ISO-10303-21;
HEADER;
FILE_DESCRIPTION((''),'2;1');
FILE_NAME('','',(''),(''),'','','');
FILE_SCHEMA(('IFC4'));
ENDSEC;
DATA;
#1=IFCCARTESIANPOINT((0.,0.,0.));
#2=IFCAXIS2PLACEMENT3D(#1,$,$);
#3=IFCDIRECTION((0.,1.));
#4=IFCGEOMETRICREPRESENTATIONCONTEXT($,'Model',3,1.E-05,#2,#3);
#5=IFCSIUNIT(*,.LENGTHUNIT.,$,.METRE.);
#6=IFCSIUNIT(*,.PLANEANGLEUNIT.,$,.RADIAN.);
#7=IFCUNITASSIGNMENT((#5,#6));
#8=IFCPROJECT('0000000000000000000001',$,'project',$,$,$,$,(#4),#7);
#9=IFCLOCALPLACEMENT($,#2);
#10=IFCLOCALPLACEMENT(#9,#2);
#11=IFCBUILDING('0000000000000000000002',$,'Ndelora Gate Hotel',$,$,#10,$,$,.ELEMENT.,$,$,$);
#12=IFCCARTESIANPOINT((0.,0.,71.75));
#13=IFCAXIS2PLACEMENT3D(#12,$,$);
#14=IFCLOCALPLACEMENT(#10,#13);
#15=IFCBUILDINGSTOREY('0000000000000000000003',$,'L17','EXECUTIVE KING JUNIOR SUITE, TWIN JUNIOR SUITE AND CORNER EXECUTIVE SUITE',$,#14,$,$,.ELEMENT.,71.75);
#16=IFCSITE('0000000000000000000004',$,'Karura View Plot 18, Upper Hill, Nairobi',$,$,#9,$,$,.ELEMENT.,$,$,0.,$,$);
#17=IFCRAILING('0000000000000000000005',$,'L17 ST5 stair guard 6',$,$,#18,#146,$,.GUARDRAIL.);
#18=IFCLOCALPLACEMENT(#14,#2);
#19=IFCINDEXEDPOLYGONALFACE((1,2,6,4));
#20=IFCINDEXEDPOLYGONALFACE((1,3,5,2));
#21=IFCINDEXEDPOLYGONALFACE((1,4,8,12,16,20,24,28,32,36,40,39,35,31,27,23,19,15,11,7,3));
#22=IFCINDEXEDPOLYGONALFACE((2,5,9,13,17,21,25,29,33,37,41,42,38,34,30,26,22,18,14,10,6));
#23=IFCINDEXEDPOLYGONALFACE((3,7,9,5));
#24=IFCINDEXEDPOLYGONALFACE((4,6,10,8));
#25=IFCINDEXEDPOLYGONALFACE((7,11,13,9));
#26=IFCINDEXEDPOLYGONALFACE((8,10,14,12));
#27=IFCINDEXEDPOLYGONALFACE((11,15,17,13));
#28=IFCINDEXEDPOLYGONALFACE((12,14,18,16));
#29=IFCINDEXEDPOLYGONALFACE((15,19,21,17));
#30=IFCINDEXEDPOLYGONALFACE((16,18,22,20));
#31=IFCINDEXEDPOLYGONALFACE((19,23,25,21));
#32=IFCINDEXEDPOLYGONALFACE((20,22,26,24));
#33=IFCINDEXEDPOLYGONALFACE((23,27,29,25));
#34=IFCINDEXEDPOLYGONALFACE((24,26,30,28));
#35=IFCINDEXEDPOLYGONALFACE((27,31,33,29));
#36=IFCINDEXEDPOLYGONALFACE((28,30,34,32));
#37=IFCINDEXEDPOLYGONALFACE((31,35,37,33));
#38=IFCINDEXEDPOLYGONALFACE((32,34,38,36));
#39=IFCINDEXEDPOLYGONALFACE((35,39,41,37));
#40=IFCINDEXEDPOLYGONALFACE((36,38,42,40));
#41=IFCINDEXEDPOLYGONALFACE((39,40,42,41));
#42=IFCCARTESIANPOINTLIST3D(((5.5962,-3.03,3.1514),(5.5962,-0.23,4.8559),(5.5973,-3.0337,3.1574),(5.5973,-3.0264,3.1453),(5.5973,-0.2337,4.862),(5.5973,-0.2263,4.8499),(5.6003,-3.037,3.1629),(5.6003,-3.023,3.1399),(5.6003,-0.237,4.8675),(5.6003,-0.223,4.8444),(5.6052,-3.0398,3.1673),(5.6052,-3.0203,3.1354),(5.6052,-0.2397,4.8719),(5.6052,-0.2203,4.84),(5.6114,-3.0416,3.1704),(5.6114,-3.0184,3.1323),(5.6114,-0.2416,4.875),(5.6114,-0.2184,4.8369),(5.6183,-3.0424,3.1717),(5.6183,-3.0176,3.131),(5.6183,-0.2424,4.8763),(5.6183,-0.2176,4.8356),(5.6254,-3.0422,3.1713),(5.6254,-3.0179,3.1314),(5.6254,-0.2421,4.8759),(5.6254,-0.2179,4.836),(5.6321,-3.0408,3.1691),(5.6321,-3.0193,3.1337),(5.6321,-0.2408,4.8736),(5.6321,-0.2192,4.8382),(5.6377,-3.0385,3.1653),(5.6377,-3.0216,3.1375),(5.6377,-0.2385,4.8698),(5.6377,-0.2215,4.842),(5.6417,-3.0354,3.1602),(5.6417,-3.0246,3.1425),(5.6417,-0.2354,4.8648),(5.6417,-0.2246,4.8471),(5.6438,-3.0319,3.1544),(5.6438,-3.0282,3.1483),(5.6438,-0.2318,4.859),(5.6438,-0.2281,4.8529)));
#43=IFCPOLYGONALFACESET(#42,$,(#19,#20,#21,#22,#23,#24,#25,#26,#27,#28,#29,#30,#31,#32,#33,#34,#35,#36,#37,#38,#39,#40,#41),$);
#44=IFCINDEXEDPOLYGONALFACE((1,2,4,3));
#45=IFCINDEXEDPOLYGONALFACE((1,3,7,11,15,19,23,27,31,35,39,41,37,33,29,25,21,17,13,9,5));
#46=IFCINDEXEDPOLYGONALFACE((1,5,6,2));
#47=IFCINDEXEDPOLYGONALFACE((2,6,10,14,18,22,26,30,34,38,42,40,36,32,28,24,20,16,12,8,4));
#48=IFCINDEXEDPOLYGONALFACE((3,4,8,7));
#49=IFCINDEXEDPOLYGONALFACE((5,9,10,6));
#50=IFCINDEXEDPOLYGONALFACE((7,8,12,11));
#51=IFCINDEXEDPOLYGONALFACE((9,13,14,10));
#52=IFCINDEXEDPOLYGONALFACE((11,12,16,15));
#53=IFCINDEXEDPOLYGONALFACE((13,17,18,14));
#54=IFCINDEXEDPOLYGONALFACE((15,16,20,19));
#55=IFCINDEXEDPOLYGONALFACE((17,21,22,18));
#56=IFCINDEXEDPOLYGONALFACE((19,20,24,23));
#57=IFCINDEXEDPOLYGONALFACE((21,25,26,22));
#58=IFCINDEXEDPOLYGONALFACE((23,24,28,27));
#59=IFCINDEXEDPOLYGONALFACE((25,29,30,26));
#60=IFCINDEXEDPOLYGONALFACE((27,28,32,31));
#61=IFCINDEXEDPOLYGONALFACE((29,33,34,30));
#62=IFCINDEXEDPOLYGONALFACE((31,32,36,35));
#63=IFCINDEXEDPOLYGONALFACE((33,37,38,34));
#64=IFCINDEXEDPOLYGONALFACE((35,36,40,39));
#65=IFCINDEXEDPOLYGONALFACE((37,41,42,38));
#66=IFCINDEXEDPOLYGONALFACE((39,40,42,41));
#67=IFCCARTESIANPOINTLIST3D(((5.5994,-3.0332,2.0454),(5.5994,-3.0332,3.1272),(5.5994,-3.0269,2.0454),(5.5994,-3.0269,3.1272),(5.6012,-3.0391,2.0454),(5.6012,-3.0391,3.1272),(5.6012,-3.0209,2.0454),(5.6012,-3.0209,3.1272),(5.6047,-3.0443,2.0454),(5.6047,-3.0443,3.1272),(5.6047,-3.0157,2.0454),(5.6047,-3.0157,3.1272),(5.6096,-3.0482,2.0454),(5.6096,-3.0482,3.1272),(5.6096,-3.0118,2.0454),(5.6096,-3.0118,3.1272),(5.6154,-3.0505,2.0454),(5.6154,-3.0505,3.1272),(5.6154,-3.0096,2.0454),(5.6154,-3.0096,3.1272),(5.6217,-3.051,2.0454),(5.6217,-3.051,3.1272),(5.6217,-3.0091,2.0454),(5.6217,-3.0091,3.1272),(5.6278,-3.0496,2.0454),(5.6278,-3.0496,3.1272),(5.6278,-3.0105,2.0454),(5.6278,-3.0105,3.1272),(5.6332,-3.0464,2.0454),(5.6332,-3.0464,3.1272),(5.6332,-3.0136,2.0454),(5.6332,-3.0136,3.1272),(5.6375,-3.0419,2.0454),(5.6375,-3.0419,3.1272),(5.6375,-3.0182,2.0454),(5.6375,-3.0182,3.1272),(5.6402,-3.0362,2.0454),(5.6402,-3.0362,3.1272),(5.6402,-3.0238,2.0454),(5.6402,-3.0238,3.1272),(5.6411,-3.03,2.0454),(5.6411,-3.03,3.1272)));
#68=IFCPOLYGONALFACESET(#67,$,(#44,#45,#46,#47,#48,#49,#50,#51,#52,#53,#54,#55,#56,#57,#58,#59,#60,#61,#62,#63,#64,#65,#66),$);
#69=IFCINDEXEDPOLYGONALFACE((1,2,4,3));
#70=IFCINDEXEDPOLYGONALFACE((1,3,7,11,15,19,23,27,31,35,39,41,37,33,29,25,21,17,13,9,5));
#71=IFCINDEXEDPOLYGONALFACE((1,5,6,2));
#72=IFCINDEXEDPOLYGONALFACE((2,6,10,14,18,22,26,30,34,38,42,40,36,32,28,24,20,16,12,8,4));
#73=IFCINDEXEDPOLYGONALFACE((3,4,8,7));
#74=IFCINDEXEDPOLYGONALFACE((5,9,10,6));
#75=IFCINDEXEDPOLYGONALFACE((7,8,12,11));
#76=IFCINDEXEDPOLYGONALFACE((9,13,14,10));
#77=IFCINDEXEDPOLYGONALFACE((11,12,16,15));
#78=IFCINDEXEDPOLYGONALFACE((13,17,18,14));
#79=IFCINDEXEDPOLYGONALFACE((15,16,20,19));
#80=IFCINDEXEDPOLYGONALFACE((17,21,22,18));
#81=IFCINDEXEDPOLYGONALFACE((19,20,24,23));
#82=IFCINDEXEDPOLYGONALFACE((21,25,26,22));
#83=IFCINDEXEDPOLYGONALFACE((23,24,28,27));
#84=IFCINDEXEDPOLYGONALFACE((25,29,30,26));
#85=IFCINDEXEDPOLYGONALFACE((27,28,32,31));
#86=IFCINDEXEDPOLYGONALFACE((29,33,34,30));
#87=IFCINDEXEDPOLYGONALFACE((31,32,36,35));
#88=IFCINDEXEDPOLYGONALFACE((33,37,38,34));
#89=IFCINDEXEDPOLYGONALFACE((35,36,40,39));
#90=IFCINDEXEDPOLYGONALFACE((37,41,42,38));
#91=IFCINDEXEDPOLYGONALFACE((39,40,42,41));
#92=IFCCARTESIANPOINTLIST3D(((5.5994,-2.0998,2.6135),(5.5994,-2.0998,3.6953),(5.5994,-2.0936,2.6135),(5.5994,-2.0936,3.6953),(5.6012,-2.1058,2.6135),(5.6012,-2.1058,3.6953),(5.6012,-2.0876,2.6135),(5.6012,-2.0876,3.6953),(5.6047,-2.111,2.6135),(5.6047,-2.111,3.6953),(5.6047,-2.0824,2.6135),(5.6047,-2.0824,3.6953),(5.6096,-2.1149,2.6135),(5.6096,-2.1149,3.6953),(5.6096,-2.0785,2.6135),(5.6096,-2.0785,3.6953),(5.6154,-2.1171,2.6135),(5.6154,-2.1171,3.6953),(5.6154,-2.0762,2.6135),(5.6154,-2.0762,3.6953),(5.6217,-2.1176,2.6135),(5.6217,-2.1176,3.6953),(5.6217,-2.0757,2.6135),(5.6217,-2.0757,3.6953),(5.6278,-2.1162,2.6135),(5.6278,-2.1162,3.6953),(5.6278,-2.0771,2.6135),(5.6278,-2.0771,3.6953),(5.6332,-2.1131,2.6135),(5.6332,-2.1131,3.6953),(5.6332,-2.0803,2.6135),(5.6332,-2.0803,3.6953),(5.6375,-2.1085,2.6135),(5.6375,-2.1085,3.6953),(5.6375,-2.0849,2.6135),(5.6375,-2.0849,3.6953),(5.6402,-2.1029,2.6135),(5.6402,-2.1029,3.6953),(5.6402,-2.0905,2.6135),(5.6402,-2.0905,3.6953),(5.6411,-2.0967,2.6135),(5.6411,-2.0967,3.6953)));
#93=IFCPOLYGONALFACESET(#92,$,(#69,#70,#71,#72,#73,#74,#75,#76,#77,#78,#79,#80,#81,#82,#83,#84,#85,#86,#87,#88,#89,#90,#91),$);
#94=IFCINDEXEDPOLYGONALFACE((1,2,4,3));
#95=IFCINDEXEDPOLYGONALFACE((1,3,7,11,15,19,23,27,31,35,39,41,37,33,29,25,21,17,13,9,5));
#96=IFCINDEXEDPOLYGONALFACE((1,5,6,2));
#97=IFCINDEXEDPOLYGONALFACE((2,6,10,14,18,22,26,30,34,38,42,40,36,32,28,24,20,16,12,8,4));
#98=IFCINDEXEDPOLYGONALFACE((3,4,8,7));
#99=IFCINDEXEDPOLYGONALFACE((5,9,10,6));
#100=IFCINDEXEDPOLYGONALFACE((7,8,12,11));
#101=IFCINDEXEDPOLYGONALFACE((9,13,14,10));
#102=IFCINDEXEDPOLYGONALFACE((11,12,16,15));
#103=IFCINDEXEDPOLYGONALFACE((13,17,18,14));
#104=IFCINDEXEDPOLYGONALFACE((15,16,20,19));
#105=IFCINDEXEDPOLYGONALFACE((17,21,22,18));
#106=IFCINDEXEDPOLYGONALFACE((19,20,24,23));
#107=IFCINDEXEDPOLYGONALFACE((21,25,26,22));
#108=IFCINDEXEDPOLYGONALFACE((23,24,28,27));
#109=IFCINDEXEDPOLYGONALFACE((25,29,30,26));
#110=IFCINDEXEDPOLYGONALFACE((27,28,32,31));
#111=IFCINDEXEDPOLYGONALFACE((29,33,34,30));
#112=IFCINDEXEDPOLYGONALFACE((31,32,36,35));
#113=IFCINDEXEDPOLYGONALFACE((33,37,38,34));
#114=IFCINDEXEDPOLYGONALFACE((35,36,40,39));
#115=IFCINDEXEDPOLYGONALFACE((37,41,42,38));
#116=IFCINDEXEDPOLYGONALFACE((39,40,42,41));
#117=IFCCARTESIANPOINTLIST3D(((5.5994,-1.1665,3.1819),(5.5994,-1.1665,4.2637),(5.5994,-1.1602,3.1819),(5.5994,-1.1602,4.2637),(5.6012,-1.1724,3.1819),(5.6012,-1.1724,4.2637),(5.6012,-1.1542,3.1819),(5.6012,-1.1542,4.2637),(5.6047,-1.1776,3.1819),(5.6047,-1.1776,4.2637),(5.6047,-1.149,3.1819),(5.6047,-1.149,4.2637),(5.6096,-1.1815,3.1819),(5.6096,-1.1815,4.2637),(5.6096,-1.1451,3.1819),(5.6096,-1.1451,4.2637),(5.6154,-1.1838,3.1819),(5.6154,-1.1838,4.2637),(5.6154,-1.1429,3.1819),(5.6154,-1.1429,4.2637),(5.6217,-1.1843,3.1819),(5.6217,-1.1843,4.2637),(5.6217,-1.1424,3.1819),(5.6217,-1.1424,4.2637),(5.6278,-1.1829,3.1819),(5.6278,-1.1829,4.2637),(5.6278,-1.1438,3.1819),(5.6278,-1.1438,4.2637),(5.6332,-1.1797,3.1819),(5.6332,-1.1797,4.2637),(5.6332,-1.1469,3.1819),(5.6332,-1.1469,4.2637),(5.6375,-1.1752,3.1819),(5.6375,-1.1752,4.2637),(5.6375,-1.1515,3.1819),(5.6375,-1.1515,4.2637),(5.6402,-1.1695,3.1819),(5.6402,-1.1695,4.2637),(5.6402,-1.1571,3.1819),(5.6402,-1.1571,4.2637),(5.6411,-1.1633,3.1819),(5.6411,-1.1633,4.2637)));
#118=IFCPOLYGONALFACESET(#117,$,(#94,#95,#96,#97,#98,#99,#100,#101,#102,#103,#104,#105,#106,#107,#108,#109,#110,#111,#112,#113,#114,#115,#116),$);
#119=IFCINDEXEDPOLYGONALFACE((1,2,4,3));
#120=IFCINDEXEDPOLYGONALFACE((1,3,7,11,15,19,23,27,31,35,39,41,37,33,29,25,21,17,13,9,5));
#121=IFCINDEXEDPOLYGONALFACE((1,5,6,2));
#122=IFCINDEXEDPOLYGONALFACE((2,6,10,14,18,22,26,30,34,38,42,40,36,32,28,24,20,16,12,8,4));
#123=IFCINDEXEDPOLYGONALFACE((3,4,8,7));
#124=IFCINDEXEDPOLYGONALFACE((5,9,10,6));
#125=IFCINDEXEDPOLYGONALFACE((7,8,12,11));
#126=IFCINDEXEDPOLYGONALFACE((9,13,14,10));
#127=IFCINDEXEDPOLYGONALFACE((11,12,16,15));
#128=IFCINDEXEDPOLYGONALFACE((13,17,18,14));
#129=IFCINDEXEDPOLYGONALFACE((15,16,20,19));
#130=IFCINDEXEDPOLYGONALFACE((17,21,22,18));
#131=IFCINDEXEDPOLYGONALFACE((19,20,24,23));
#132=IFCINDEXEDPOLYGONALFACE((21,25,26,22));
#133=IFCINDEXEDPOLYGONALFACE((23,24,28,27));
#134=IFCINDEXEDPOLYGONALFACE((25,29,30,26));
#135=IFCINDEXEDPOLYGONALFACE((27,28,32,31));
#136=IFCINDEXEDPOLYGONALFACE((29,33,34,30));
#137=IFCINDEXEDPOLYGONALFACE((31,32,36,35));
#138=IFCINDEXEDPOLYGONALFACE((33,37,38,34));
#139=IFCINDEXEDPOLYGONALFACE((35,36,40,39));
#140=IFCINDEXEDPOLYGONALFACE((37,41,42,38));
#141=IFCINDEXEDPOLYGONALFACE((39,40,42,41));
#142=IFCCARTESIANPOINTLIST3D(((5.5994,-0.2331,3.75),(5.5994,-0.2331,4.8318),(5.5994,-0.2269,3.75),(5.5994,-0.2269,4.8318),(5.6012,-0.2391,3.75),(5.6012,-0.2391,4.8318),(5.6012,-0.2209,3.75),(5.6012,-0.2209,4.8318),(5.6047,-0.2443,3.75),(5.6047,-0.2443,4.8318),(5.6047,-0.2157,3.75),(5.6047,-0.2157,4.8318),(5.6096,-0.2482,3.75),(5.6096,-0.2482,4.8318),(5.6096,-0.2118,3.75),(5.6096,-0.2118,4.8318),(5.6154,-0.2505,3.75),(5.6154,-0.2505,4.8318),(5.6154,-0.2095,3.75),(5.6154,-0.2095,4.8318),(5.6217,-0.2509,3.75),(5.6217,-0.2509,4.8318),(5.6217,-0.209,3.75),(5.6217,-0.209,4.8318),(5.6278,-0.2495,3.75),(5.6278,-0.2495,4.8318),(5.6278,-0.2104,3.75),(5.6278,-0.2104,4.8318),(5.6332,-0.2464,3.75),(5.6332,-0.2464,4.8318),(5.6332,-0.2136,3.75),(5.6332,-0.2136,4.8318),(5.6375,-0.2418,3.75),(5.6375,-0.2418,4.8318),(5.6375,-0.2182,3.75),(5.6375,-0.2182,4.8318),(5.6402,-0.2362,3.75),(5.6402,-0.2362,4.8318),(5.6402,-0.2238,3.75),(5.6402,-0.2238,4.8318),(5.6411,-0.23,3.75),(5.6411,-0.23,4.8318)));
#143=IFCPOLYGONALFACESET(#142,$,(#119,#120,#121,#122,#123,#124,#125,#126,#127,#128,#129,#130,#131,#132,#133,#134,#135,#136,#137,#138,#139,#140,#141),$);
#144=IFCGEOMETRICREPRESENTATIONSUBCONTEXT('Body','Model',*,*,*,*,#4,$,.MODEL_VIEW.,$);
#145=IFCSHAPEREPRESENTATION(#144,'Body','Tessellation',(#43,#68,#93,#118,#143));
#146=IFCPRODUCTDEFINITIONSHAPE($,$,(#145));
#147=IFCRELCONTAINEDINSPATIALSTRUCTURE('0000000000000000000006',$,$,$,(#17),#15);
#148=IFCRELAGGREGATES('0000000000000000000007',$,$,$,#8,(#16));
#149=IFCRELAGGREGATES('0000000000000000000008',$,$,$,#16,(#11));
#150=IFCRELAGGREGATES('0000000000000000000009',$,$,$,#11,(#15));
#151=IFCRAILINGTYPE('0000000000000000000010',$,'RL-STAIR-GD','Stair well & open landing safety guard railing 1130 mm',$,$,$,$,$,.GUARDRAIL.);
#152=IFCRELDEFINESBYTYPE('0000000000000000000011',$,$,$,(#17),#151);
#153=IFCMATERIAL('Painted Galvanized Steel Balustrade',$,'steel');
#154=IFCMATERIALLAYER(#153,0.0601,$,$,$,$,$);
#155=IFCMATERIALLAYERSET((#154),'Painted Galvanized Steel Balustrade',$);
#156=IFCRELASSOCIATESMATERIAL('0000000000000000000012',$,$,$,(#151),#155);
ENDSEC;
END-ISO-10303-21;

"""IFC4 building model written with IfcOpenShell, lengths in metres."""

from ifc_helpers import new_model, si_unit, direction, frame, origin, origin_2d, place, context, subcontext, project, spatial, circle, extrude, material, layer, layer_set, type_object, element, save


model = new_model("IFC4")

# Units and contexts
model_context = context("Model", 3, precision=1e-05, world=origin(), true_north=direction((0.0, 1.0)))
body_context = subcontext(model_context, "Body", "Model", "MODEL_VIEW")
ifc_project = project(units=[si_unit("LENGTHUNIT", "METRE"), si_unit("PLANEANGLEUNIT", "RADIAN")], contexts=[model_context])

# Site, building, storey
site_placement = place(None, origin())
site = spatial("IfcSite", under=ifc_project, at=site_placement, Name="Karura View Plot 18, Upper Hill, Nairobi", CompositionType="ELEMENT", RefElevation=0.0)
building_placement = place(site_placement, origin())
building = spatial("IfcBuilding", under=site, at=building_placement, Name="Ndelora Gate Hotel", CompositionType="ELEMENT")
storey_placement = place(building_placement, frame((0.0, 0.0, 71.75)))
storey = spatial("IfcBuildingStorey", under=building, at=storey_placement, Name="L17", Description="EXECUTIVE KING JUNIOR SUITE, TWIN JUNIOR SUITE AND CORNER EXECUTIVE SUITE", CompositionType="ELEMENT", Elevation=71.75)

# Railing
ifc_material_1 = material(Name="Painted Galvanized Steel Balustrade", Category="steel")
ifc_layer_1 = layer(ifc_material_1, 0.0601)
ifc_layer_set_1 = layer_set([ifc_layer_1], Name="Painted Galvanized Steel Balustrade")
railing_type = type_object("IfcRailingType", Name="RL-STAIR-GD", Description="Stair well & open landing safety guard railing 1130 mm", PredefinedType="GUARDRAIL", material=ifc_layer_set_1)
railing_1_placement = place(storey_placement, frame((5.6201, -3.03, 2.0454)))
element("IfcRailing", 1, at=railing_1_placement, inside=storey, type_object=railing_type, Name="L17 ST5 stair guard 6", PredefinedType="GUARDRAIL", context=body_context, shape_type="SweptSolid", body=[
    extrude(circle(Radius=0.0239, at=origin_2d()), frame((0.0, 0.0, 1.106), z_axis=(0.0, 0.85417, 0.519994), x_axis=(-1.0, 0.0, 0.0)), (0.0, 0.0, 1.0), 3.2781),
    extrude(circle(Radius=0.021, at=origin_2d()), origin(), (0.0, 0.0, 1.0), 1.0818),
    extrude(circle(Radius=0.021, at=origin_2d()), frame((0.0, 0.9333, 0.5681)), (0.0, 0.0, 1.0), 1.0818),
    extrude(circle(Radius=0.021, at=origin_2d()), frame((0.0, 1.8667, 1.1365)), (0.0, 0.0, 1.0), 1.0818),
    extrude(circle(Radius=0.021, at=origin_2d()), frame((0.0, 2.8, 1.7046)), (0.0, 0.0, 1.0), 1.0818),
])

save(model, "model.ifc")
